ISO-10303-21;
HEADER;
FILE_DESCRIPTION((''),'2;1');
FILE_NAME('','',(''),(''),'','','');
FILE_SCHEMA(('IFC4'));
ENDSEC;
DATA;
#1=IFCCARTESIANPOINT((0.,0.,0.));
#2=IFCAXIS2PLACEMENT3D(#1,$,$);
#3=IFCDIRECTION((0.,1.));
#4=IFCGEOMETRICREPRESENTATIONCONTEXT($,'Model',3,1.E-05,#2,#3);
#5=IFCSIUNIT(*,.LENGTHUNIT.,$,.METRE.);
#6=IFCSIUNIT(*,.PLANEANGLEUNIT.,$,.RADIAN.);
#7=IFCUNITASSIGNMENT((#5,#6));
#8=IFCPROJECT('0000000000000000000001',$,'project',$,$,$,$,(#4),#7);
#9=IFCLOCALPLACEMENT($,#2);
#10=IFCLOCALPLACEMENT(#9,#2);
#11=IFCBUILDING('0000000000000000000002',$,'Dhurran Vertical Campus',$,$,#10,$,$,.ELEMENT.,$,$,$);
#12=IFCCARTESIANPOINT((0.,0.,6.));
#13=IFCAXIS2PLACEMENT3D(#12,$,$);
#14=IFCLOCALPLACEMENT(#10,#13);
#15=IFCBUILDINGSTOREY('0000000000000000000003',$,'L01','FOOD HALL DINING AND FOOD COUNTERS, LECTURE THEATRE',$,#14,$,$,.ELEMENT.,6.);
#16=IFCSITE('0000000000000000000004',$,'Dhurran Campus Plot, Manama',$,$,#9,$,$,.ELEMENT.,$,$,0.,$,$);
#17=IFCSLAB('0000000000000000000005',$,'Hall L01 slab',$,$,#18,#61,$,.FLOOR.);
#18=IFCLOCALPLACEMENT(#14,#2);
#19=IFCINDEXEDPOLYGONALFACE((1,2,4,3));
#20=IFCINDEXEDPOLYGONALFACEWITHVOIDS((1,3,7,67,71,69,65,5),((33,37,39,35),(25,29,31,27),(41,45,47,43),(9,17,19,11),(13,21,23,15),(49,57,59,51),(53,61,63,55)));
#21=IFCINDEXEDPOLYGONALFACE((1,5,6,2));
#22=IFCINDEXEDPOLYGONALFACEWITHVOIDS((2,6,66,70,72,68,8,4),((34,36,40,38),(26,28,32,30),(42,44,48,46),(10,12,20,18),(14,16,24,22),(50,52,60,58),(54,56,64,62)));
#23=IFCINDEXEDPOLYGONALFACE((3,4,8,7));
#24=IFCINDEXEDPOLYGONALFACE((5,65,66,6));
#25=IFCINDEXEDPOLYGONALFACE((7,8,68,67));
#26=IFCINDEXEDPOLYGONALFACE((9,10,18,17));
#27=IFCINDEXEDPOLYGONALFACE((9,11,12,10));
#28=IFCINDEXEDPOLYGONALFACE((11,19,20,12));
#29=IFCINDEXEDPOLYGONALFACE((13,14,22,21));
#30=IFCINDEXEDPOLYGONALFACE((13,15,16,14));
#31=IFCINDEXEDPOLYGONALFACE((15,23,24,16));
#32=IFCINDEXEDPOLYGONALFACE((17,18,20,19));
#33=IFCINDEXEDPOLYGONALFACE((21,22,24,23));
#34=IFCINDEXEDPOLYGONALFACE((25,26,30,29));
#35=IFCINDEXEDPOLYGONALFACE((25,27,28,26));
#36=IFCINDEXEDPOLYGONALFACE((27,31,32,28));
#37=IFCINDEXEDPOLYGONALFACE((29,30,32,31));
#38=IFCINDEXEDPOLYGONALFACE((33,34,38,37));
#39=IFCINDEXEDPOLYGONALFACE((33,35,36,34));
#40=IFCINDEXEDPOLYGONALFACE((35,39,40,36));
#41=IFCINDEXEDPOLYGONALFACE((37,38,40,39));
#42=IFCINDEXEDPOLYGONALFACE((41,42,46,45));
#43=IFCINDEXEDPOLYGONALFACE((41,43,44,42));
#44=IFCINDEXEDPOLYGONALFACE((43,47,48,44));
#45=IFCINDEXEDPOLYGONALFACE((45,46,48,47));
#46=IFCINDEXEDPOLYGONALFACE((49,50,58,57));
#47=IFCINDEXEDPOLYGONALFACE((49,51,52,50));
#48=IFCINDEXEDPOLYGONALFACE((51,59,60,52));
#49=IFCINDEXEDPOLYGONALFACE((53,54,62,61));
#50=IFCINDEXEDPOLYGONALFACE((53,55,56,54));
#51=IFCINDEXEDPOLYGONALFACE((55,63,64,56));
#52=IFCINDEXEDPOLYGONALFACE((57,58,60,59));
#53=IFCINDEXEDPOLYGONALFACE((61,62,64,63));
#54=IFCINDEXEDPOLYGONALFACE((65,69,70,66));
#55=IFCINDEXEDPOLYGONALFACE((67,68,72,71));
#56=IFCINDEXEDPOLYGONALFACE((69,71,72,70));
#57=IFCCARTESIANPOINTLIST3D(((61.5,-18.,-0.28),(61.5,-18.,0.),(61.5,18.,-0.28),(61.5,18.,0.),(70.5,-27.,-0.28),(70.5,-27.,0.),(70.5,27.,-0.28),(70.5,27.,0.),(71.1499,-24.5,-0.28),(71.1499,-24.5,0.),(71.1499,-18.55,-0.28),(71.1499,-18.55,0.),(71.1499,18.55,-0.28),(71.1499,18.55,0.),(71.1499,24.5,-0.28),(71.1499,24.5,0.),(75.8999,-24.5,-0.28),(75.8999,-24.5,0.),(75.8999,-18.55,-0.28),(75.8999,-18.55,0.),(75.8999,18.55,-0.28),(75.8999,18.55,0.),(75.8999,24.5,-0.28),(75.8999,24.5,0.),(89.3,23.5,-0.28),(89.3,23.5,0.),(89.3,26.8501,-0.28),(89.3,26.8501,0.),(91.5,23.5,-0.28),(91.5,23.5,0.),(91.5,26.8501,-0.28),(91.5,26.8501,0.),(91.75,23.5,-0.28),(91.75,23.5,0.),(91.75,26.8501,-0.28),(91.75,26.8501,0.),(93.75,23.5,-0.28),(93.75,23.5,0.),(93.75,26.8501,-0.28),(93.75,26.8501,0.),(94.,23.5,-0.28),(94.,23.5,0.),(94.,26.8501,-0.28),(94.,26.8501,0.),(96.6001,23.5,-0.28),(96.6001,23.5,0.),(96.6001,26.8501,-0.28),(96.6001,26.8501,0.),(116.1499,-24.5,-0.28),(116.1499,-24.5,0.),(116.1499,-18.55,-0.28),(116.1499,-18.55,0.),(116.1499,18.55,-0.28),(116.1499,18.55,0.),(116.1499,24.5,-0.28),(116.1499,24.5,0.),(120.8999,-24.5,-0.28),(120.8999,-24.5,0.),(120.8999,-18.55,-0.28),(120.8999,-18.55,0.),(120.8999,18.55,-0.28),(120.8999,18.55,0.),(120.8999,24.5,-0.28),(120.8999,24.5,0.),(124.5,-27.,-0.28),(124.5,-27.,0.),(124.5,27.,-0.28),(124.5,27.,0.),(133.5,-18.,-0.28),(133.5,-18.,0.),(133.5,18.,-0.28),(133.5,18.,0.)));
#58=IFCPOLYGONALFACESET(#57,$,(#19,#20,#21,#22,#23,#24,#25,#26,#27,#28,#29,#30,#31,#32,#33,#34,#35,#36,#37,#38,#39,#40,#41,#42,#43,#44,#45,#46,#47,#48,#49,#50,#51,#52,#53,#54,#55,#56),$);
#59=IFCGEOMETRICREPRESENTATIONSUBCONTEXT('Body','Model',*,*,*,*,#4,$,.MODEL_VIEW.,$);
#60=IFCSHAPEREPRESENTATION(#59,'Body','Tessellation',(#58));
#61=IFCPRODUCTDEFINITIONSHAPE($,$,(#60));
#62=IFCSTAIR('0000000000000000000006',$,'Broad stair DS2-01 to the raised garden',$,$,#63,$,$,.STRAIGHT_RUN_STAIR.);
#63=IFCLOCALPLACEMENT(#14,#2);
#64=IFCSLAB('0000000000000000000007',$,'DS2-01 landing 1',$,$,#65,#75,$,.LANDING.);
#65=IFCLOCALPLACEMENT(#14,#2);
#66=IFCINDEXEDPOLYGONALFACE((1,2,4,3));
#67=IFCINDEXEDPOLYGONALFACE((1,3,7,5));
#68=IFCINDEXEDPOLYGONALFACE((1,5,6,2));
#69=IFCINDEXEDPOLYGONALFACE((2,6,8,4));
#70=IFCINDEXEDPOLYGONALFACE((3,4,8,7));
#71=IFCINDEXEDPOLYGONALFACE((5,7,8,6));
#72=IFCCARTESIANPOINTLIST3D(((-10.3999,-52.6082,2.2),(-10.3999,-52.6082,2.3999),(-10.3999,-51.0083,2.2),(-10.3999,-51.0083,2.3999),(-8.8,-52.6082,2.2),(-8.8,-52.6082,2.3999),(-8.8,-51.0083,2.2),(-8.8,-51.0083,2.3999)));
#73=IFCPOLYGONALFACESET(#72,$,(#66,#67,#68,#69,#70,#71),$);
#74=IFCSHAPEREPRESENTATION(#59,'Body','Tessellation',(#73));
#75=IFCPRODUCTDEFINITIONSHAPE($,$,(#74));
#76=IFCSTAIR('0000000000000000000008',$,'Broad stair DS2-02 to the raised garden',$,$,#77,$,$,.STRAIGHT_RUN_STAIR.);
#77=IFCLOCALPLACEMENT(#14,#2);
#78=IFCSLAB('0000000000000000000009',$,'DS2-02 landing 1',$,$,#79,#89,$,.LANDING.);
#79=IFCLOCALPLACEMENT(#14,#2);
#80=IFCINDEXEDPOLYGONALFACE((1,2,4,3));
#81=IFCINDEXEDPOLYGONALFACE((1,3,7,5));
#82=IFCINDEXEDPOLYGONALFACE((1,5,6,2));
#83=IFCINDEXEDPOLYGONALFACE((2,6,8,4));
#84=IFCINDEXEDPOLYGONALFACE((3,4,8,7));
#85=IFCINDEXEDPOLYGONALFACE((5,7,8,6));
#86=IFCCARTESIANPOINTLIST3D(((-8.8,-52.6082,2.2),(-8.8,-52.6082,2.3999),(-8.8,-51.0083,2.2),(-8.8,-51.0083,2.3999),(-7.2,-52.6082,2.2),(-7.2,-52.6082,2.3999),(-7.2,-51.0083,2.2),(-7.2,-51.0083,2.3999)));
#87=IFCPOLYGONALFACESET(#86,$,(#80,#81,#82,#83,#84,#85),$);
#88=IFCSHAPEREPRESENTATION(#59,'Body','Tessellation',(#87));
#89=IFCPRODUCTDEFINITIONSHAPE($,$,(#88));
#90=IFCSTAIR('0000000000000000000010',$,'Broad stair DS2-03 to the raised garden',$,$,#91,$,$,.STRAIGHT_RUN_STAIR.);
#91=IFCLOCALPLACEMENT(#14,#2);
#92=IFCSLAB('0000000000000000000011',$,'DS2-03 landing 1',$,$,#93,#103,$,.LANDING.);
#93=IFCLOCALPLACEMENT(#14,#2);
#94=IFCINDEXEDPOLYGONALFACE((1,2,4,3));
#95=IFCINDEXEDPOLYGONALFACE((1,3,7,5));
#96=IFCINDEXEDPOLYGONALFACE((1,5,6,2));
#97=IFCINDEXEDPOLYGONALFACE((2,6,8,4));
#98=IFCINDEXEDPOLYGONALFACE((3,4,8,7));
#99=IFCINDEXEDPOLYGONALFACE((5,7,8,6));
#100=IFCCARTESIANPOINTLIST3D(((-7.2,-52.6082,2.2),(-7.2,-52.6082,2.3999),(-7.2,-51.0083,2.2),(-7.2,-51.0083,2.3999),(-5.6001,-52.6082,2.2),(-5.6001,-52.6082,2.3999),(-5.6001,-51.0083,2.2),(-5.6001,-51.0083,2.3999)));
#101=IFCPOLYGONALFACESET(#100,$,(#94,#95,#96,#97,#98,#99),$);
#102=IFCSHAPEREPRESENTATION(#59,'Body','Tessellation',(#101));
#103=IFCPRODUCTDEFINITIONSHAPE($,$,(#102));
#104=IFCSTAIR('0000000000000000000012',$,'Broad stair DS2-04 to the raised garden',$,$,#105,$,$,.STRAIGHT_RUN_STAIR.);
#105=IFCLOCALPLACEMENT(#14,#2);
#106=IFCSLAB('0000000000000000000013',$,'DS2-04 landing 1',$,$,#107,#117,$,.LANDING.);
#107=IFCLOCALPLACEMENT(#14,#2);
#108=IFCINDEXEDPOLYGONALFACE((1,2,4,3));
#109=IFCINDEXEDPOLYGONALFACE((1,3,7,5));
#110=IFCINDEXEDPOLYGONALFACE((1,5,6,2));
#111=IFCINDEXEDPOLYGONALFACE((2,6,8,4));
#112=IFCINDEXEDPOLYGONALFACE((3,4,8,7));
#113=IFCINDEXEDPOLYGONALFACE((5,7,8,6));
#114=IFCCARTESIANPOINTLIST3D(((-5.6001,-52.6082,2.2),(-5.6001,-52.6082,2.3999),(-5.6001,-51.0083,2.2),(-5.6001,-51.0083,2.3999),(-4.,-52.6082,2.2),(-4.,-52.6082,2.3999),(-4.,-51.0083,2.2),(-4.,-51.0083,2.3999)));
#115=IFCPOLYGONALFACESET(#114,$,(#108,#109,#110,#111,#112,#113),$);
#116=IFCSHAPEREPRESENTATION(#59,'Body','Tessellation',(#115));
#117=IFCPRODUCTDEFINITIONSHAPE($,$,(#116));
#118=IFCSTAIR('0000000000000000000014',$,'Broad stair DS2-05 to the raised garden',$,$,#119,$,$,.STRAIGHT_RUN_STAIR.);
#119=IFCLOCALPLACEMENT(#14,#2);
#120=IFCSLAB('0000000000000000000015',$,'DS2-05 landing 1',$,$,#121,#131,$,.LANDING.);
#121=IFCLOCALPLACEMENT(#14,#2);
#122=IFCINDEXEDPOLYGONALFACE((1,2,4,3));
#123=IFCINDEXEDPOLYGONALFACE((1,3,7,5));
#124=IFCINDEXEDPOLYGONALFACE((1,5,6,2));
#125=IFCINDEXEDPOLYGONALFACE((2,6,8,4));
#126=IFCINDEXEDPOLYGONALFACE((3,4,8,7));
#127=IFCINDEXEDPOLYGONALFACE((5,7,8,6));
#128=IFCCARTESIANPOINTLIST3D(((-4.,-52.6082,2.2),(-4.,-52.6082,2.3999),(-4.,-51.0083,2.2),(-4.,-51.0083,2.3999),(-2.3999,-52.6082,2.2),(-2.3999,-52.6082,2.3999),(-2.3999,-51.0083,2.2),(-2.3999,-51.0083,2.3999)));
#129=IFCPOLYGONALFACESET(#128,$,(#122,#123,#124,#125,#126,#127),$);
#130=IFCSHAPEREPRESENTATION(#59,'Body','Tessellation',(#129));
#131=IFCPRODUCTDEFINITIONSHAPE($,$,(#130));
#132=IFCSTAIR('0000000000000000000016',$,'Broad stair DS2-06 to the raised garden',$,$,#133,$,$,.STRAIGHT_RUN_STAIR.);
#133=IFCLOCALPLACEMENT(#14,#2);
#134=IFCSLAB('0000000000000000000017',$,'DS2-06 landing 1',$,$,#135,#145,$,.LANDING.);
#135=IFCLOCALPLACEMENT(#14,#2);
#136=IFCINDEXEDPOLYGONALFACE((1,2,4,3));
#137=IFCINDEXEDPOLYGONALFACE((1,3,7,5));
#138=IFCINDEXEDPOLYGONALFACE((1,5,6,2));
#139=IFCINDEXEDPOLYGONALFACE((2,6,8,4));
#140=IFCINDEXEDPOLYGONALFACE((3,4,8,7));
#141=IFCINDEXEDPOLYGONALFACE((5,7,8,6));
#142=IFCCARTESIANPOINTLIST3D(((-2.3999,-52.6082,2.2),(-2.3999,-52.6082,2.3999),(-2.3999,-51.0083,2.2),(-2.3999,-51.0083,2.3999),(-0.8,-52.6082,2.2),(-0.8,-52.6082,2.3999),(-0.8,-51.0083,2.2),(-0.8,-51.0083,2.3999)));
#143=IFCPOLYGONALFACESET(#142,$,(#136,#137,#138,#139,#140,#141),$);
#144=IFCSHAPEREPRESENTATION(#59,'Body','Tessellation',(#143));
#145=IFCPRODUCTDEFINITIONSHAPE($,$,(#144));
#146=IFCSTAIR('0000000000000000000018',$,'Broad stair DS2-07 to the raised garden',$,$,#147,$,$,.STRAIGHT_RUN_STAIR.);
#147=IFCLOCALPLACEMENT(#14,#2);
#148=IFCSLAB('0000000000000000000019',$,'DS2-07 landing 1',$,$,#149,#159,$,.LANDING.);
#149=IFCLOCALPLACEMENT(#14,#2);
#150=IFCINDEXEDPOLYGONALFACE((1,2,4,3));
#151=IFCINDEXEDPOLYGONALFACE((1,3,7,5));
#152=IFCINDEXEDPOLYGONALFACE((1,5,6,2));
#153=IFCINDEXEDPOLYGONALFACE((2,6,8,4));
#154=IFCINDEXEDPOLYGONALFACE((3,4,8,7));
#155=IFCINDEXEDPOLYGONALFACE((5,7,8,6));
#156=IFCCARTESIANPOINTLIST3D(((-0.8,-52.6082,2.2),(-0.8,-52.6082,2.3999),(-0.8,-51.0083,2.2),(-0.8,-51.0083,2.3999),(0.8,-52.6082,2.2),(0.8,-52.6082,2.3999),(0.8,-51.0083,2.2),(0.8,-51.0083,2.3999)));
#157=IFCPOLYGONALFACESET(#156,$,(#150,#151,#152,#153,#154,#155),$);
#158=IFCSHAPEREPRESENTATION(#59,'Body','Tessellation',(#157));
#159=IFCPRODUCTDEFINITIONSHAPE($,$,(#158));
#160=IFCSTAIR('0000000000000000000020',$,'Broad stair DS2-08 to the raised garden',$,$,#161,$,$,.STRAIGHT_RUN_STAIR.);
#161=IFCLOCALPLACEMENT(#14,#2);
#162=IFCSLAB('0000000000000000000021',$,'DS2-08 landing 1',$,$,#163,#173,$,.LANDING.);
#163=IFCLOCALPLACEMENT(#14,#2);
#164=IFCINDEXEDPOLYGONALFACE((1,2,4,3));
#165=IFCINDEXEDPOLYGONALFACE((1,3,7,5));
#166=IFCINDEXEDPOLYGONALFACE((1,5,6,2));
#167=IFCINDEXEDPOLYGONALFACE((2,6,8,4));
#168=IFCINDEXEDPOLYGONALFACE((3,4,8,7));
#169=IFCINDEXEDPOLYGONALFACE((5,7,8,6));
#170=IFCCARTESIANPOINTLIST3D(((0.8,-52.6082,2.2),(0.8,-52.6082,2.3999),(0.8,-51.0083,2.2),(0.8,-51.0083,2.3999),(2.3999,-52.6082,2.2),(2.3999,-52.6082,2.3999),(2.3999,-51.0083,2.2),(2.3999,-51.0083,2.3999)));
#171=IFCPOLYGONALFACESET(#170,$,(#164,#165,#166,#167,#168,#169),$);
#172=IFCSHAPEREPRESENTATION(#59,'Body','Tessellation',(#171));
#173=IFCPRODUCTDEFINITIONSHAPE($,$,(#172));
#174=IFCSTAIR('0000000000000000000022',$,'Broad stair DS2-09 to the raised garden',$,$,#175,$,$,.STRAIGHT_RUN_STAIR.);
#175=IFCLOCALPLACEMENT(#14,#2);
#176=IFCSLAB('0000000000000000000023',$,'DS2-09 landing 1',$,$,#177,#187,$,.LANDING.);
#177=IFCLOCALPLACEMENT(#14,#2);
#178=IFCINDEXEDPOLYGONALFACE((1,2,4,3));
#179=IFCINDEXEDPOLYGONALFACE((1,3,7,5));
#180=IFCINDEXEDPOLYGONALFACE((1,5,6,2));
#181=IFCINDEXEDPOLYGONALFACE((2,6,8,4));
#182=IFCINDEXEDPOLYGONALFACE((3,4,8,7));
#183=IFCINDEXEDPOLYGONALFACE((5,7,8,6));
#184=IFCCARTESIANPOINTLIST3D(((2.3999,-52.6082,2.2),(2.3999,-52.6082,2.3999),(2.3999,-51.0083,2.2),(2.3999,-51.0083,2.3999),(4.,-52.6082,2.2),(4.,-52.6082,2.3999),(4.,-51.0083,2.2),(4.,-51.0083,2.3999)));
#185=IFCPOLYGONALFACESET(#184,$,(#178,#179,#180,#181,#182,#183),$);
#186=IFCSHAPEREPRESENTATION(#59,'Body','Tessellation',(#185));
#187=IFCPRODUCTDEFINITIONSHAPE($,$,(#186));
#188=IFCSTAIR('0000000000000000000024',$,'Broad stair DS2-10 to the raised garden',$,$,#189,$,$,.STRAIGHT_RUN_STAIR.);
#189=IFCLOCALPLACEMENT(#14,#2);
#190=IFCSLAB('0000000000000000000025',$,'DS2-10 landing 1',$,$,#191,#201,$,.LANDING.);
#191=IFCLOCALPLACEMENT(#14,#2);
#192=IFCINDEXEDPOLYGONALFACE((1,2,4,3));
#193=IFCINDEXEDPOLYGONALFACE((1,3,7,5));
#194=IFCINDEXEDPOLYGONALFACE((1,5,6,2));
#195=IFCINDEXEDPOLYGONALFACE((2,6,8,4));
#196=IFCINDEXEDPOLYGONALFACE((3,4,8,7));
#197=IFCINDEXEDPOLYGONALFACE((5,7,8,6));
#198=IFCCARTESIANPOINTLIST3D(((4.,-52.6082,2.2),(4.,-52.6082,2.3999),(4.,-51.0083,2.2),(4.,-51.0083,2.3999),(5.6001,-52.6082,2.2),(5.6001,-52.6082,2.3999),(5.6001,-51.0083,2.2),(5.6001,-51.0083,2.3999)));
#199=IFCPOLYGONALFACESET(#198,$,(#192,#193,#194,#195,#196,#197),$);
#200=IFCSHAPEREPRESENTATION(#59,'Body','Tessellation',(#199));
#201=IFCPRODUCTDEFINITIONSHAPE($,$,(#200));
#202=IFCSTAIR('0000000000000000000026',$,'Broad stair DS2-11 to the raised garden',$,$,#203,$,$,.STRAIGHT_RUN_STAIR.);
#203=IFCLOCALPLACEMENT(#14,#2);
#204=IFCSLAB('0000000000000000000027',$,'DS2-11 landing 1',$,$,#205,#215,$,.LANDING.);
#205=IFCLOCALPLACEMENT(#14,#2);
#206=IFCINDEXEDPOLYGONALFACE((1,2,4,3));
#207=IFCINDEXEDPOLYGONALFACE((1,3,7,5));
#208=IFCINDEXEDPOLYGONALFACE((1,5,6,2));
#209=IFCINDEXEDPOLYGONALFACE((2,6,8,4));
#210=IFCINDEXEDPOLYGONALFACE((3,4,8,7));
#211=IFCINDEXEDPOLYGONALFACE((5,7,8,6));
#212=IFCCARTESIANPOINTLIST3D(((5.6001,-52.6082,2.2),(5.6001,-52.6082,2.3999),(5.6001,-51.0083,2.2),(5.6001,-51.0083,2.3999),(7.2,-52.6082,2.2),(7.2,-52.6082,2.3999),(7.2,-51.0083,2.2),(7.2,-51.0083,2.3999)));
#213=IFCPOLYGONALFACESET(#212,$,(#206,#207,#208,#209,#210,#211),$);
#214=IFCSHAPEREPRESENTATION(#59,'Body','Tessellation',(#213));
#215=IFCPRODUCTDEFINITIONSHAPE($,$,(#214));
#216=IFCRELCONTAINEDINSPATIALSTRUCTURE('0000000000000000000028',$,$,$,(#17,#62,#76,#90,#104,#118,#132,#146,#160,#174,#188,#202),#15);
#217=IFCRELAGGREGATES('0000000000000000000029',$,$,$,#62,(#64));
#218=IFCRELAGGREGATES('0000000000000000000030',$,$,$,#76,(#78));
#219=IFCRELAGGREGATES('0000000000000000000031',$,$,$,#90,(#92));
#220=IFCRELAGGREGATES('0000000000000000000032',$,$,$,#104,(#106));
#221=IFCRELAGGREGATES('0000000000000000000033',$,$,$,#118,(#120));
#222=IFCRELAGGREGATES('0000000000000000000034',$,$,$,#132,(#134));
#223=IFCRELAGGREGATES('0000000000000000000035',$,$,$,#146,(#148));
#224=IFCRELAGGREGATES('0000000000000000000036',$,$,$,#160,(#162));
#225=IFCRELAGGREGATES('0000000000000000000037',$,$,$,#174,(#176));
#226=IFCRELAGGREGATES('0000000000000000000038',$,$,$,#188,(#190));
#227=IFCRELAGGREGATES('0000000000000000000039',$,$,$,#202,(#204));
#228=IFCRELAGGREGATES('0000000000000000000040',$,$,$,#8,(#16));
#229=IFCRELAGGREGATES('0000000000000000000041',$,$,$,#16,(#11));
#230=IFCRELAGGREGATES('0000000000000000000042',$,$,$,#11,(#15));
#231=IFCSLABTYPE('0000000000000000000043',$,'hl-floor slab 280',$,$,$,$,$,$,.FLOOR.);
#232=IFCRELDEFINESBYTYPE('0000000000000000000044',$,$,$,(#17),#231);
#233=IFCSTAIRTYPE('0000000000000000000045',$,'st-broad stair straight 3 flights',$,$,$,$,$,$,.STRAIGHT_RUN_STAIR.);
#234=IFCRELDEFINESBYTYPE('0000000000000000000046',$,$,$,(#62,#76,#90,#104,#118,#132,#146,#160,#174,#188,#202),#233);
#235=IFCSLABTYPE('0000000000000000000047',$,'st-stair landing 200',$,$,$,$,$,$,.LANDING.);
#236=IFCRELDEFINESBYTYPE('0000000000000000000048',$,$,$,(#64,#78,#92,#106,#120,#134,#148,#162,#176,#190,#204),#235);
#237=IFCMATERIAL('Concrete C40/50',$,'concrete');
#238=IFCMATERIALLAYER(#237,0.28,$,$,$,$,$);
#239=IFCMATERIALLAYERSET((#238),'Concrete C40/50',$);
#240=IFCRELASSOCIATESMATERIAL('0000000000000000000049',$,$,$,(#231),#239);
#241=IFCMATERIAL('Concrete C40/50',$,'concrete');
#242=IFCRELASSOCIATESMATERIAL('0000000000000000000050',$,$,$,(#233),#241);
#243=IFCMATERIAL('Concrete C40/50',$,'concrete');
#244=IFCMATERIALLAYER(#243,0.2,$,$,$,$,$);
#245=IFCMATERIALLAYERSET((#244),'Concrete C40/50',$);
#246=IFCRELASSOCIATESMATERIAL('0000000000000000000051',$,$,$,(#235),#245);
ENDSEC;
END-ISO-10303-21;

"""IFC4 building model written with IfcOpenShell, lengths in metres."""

from ifc_helpers import new_model, si_unit, direction, frame, origin, place, context, subcontext, project, spatial, polyline, outline, extrude, material, layer, layer_set, type_object, element, aggregate, save


model = new_model("IFC4")

# Units and contexts
model_context = context("Model", 3, precision=1e-05, world=origin(), true_north=direction((0.0, 1.0)))
body_context = subcontext(model_context, "Body", "Model", "MODEL_VIEW")
ifc_project = project(units=[si_unit("LENGTHUNIT", "METRE"), si_unit("PLANEANGLEUNIT", "RADIAN")], contexts=[model_context])

# Site, building, storey
site_placement = place(None, origin())
site = spatial("IfcSite", under=ifc_project, at=site_placement, Name="Dhurran Campus Plot, Manama", CompositionType="ELEMENT", RefElevation=0.0)
building_placement = place(site_placement, origin())
building = spatial("IfcBuilding", under=site, at=building_placement, Name="Dhurran Vertical Campus", CompositionType="ELEMENT")
storey_placement = place(building_placement, frame((0.0, 0.0, 6.0)))
storey = spatial("IfcBuildingStorey", under=building, at=storey_placement, Name="L01", Description="FOOD HALL DINING AND FOOD COUNTERS, LECTURE THEATRE", CompositionType="ELEMENT", Elevation=6.0)

# Slab
ifc_material_1 = material(Name="Concrete C40/50", Category="concrete")
ifc_layer_1 = layer(ifc_material_1, 0.28)
ifc_layer_set_1 = layer_set([ifc_layer_1], Name="Concrete C40/50")
slab_type_1 = type_object("IfcSlabType", Name="hl-floor slab 280", PredefinedType="FLOOR", material=ifc_layer_set_1)
slab_1_placement = place(storey_placement, frame((0.0, 0.0, -0.28)))
element("IfcSlab", 1, at=slab_1_placement, inside=storey, type_object=slab_type_1, Name="Hall L01 slab", PredefinedType="FLOOR", context=body_context, shape_type="SweptSolid", body=[
    extrude(outline(polyline([(61.5, -18.0), (70.5, -27.0), (124.5, -27.0), (133.5, -18.0), (133.5, 18.0), (124.5, 27.0), (70.5, 27.0), (61.5, 18.0), (61.5, -18.0)]), holes=[polyline([(71.1499, -24.5), (75.8999, -24.5), (75.8999, -18.55), (71.1499, -18.55), (71.1499, -24.5)]), polyline([(116.1499, 18.55), (120.8999, 18.55), (120.8999, 24.5), (116.1499, 24.5), (116.1499, 18.55)]), polyline([(71.1499, 18.55), (75.8999, 18.55), (75.8999, 24.5), (71.1499, 24.5), (71.1499, 18.55)]), polyline([(116.1499, -24.5), (120.8999, -24.5), (120.8999, -18.55), (116.1499, -18.55), (116.1499, -24.5)]), polyline([(89.3, 23.5), (91.5, 23.5), (91.5, 26.8501), (89.3, 26.8501), (89.3, 23.5)]), polyline([(91.75, 23.5), (93.75, 23.5), (93.75, 26.8501), (91.75, 26.8501), (91.75, 23.5)]), polyline([(94.0, 23.5), (96.6001, 23.5), (96.6001, 26.8501), (94.0, 26.8501), (94.0, 23.5)])]), origin(), (0.0, 0.0, 1.0), 0.28),
])

# Stairs, slabs
ifc_material_2 = material(Name="Concrete C40/50", Category="concrete")
stair_type = type_object("IfcStairType", Name="st-broad stair straight 3 flights", PredefinedType="STRAIGHT_RUN_STAIR", material=ifc_material_2)
stair_1_placement = place(storey_placement, origin())
stair_1 = element("IfcStair", 2, at=stair_1_placement, inside=storey, type_object=stair_type, Name="Broad stair DS2-01 to the raised garden", PredefinedType="STRAIGHT_RUN_STAIR")
ifc_material_3 = material(Name="Concrete C40/50", Category="concrete")
ifc_layer_2 = layer(ifc_material_3, 0.2)
ifc_layer_set_2 = layer_set([ifc_layer_2], Name="Concrete C40/50")
slab_type_2 = type_object("IfcSlabType", Name="st-stair landing 200", PredefinedType="LANDING", material=ifc_layer_set_2)
slab_2_placement = place(storey_placement, frame((0.0, 0.0, 2.2)))
slab_2 = element("IfcSlab", 3, at=slab_2_placement, type_object=slab_type_2, Name="DS2-01 landing 1", PredefinedType="LANDING", context=body_context, shape_type="SweptSolid", body=[
    extrude(outline(polyline([(-10.3999, -52.6082), (-8.8, -52.6082), (-8.8, -51.0083), (-10.3999, -51.0083), (-10.3999, -52.6082)])), origin(), (0.0, 0.0, 1.0), 0.2),
])
aggregate(stair_1, [slab_2])
stair_2_placement = place(storey_placement, origin())
stair_2 = element("IfcStair", 4, at=stair_2_placement, inside=storey, type_object=stair_type, Name="Broad stair DS2-02 to the raised garden", PredefinedType="STRAIGHT_RUN_STAIR")
slab_3_placement = place(storey_placement, frame((0.0, 0.0, 2.2)))
slab_3 = element("IfcSlab", 5, at=slab_3_placement, type_object=slab_type_2, Name="DS2-02 landing 1", PredefinedType="LANDING", context=body_context, shape_type="SweptSolid", body=[
    extrude(outline(polyline([(-8.8, -52.6082), (-7.2, -52.6082), (-7.2, -51.0083), (-8.8, -51.0083), (-8.8, -52.6082)])), origin(), (0.0, 0.0, 1.0), 0.2),
])
aggregate(stair_2, [slab_3])
stair_3_placement = place(storey_placement, origin())
stair_3 = element("IfcStair", 6, at=stair_3_placement, inside=storey, type_object=stair_type, Name="Broad stair DS2-03 to the raised garden", PredefinedType="STRAIGHT_RUN_STAIR")
slab_4_placement = place(storey_placement, frame((0.0, 0.0, 2.2)))
slab_4 = element("IfcSlab", 7, at=slab_4_placement, type_object=slab_type_2, Name="DS2-03 landing 1", PredefinedType="LANDING", context=body_context, shape_type="SweptSolid", body=[
    extrude(outline(polyline([(-7.2, -52.6082), (-5.6001, -52.6082), (-5.6001, -51.0083), (-7.2, -51.0083), (-7.2, -52.6082)])), origin(), (0.0, 0.0, 1.0), 0.2),
])
aggregate(stair_3, [slab_4])
stair_4_placement = place(storey_placement, origin())
stair_4 = element("IfcStair", 8, at=stair_4_placement, inside=storey, type_object=stair_type, Name="Broad stair DS2-04 to the raised garden", PredefinedType="STRAIGHT_RUN_STAIR")
slab_5_placement = place(storey_placement, frame((0.0, 0.0, 2.2)))
slab_5 = element("IfcSlab", 9, at=slab_5_placement, type_object=slab_type_2, Name="DS2-04 landing 1", PredefinedType="LANDING", context=body_context, shape_type="SweptSolid", body=[
    extrude(outline(polyline([(-5.6001, -52.6082), (-4.0, -52.6082), (-4.0, -51.0083), (-5.6001, -51.0083), (-5.6001, -52.6082)])), origin(), (0.0, 0.0, 1.0), 0.2),
])
aggregate(stair_4, [slab_5])
stair_5_placement = place(storey_placement, origin())
stair_5 = element("IfcStair", 10, at=stair_5_placement, inside=storey, type_object=stair_type, Name="Broad stair DS2-05 to the raised garden", PredefinedType="STRAIGHT_RUN_STAIR")
slab_6_placement = place(storey_placement, frame((0.0, 0.0, 2.2)))
slab_6 = element("IfcSlab", 11, at=slab_6_placement, type_object=slab_type_2, Name="DS2-05 landing 1", PredefinedType="LANDING", context=body_context, shape_type="SweptSolid", body=[
    extrude(outline(polyline([(-4.0, -52.6082), (-2.3999, -52.6082), (-2.3999, -51.0083), (-4.0, -51.0083), (-4.0, -52.6082)])), origin(), (0.0, 0.0, 1.0), 0.2),
])
aggregate(stair_5, [slab_6])
stair_6_placement = place(storey_placement, origin())
stair_6 = element("IfcStair", 12, at=stair_6_placement, inside=storey, type_object=stair_type, Name="Broad stair DS2-06 to the raised garden", PredefinedType="STRAIGHT_RUN_STAIR")
slab_7_placement = place(storey_placement, frame((0.0, 0.0, 2.2)))
slab_7 = element("IfcSlab", 13, at=slab_7_placement, type_object=slab_type_2, Name="DS2-06 landing 1", PredefinedType="LANDING", context=body_context, shape_type="SweptSolid", body=[
    extrude(outline(polyline([(-2.3999, -52.6082), (-0.8, -52.6082), (-0.8, -51.0083), (-2.3999, -51.0083), (-2.3999, -52.6082)])), origin(), (0.0, 0.0, 1.0), 0.2),
])
aggregate(stair_6, [slab_7])
stair_7_placement = place(storey_placement, origin())
stair_7 = element("IfcStair", 14, at=stair_7_placement, inside=storey, type_object=stair_type, Name="Broad stair DS2-07 to the raised garden", PredefinedType="STRAIGHT_RUN_STAIR")
slab_8_placement = place(storey_placement, frame((0.0, 0.0, 2.2)))
slab_8 = element("IfcSlab", 15, at=slab_8_placement, type_object=slab_type_2, Name="DS2-07 landing 1", PredefinedType="LANDING", context=body_context, shape_type="SweptSolid", body=[
    extrude(outline(polyline([(-0.8, -52.6082), (0.8, -52.6082), (0.8, -51.0083), (-0.8, -51.0083), (-0.8, -52.6082)])), origin(), (0.0, 0.0, 1.0), 0.2),
])
aggregate(stair_7, [slab_8])
stair_8_placement = place(storey_placement, origin())
stair_8 = element("IfcStair", 16, at=stair_8_placement, inside=storey, type_object=stair_type, Name="Broad stair DS2-08 to the raised garden", PredefinedType="STRAIGHT_RUN_STAIR")
slab_9_placement = place(storey_placement, frame((0.0, 0.0, 2.2)))
slab_9 = element("IfcSlab", 17, at=slab_9_placement, type_object=slab_type_2, Name="DS2-08 landing 1", PredefinedType="LANDING", context=body_context, shape_type="SweptSolid", body=[
    extrude(outline(polyline([(0.8, -52.6082), (2.3999, -52.6082), (2.3999, -51.0083), (0.8, -51.0083), (0.8, -52.6082)])), origin(), (0.0, 0.0, 1.0), 0.2),
])
aggregate(stair_8, [slab_9])
stair_9_placement = place(storey_placement, origin())
stair_9 = element("IfcStair", 18, at=stair_9_placement, inside=storey, type_object=stair_type, Name="Broad stair DS2-09 to the raised garden", PredefinedType="STRAIGHT_RUN_STAIR")
slab_10_placement = place(storey_placement, frame((0.0, 0.0, 2.2)))
slab_10 = element("IfcSlab", 19, at=slab_10_placement, type_object=slab_type_2, Name="DS2-09 landing 1", PredefinedType="LANDING", context=body_context, shape_type="SweptSolid", body=[
    extrude(outline(polyline([(2.3999, -52.6082), (4.0, -52.6082), (4.0, -51.0083), (2.3999, -51.0083), (2.3999, -52.6082)])), origin(), (0.0, 0.0, 1.0), 0.2),
])
aggregate(stair_9, [slab_10])
stair_10_placement = place(storey_placement, origin())
stair_10 = element("IfcStair", 20, at=stair_10_placement, inside=storey, type_object=stair_type, Name="Broad stair DS2-10 to the raised garden", PredefinedType="STRAIGHT_RUN_STAIR")
slab_11_placement = place(storey_placement, frame((0.0, 0.0, 2.2)))
slab_11 = element("IfcSlab", 21, at=slab_11_placement, type_object=slab_type_2, Name="DS2-10 landing 1", PredefinedType="LANDING", context=body_context, shape_type="SweptSolid", body=[
    extrude(outline(polyline([(4.0, -52.6082), (5.6001, -52.6082), (5.6001, -51.0083), (4.0, -51.0083), (4.0, -52.6082)])), origin(), (0.0, 0.0, 1.0), 0.2),
])
aggregate(stair_10, [slab_11])
stair_11_placement = place(storey_placement, origin())
stair_11 = element("IfcStair", 22, at=stair_11_placement, inside=storey, type_object=stair_type, Name="Broad stair DS2-11 to the raised garden", PredefinedType="STRAIGHT_RUN_STAIR")
slab_12_placement = place(storey_placement, frame((0.0, 0.0, 2.2)))
slab_12 = element("IfcSlab", 23, at=slab_12_placement, type_object=slab_type_2, Name="DS2-11 landing 1", PredefinedType="LANDING", context=body_context, shape_type="SweptSolid", body=[
    extrude(outline(polyline([(5.6001, -52.6082), (7.2, -52.6082), (7.2, -51.0083), (5.6001, -51.0083), (5.6001, -52.6082)])), origin(), (0.0, 0.0, 1.0), 0.2),
])
aggregate(stair_11, [slab_12])

save(model, "model.ifc")
